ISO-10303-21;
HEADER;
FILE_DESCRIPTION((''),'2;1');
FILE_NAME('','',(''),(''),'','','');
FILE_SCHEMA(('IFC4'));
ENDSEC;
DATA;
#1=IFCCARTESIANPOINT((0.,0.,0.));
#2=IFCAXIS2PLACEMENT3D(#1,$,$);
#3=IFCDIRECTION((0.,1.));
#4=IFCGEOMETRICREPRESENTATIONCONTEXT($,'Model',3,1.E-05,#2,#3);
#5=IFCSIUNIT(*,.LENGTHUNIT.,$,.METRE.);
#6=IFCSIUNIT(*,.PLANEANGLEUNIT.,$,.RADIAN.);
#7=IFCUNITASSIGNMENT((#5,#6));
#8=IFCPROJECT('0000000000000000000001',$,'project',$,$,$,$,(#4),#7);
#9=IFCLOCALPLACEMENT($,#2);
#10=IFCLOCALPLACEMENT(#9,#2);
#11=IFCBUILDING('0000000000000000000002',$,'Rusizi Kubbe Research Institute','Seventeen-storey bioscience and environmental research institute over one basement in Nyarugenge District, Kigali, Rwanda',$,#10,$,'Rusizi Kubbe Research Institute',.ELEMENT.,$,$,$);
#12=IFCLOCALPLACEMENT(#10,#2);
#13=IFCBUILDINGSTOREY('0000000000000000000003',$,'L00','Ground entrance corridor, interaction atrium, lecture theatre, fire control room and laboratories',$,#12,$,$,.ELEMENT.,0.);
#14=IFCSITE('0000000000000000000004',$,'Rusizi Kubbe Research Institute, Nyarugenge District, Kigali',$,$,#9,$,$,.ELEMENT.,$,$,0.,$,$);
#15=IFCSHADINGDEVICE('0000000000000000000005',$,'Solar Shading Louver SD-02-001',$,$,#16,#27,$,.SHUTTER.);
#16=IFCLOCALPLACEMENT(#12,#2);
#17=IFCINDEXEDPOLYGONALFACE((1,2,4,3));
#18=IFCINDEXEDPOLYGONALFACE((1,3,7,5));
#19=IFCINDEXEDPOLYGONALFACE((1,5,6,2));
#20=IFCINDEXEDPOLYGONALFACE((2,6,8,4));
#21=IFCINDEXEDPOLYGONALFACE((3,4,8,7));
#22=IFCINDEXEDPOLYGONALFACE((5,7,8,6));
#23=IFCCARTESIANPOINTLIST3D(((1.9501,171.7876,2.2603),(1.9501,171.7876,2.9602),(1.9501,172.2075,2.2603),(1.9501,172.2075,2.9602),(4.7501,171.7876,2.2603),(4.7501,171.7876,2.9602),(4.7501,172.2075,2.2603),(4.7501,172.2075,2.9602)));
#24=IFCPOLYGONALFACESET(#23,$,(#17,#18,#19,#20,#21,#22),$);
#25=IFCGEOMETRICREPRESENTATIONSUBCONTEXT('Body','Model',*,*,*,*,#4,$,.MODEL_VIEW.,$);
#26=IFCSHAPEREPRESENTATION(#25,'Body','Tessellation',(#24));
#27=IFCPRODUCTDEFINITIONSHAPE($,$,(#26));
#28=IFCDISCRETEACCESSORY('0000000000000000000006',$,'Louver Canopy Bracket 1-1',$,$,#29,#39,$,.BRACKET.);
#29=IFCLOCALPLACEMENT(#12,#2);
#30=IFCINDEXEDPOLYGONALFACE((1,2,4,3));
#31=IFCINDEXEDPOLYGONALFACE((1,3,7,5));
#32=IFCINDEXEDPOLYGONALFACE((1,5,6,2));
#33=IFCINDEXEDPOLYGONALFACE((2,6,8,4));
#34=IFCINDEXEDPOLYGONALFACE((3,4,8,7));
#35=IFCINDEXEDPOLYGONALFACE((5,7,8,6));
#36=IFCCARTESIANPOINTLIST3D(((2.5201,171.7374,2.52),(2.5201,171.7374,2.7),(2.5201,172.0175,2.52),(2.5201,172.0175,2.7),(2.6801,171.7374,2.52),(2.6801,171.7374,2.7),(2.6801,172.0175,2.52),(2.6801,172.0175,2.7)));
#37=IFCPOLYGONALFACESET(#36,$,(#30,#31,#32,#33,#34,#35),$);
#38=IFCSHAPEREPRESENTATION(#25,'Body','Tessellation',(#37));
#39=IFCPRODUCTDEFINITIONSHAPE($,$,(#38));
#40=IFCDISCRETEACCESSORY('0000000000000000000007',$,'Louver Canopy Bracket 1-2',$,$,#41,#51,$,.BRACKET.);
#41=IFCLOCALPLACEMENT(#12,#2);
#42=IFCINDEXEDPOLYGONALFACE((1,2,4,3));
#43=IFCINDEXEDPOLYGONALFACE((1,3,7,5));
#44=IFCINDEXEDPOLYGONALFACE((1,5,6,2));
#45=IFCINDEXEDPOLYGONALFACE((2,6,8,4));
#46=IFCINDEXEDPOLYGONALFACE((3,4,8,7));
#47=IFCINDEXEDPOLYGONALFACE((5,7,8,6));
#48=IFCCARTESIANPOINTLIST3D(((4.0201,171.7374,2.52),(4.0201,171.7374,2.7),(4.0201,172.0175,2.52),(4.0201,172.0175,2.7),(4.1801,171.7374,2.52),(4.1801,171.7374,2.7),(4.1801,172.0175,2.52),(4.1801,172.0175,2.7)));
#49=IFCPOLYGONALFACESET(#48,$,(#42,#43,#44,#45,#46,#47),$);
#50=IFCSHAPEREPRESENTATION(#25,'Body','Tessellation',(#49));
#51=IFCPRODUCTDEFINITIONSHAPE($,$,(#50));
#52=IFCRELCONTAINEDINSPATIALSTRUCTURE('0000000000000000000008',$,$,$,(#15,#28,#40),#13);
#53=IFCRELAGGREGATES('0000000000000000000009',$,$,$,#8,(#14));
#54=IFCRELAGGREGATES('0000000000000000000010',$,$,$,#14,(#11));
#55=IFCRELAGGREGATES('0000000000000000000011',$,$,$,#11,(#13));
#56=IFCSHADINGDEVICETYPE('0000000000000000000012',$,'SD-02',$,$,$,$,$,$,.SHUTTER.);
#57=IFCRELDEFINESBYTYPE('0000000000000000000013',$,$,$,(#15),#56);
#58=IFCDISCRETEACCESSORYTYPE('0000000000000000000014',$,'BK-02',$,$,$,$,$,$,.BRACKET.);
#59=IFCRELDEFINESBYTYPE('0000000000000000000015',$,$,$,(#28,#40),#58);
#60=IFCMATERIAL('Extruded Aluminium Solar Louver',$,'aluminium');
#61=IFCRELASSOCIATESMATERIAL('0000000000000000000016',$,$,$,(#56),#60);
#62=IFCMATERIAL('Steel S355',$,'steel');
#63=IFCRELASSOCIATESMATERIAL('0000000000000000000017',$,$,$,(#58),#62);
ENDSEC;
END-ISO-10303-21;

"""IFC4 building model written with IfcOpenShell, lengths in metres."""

from ifc_helpers import new_model, si_unit, direction, frame, origin, origin_2d, place, context, subcontext, project, spatial, rectangle, extrude, material, type_object, element, save


model = new_model("IFC4")

# Units and contexts
model_context = context("Model", 3, precision=1e-05, world=origin(), true_north=direction((0.0, 1.0)))
body_context = subcontext(model_context, "Body", "Model", "MODEL_VIEW")
ifc_project = project(units=[si_unit("LENGTHUNIT", "METRE"), si_unit("PLANEANGLEUNIT", "RADIAN")], contexts=[model_context])

# Site, building, storey
site_placement = place(None, origin())
site = spatial("IfcSite", under=ifc_project, at=site_placement, Name="Rusizi Kubbe Research Institute, Nyarugenge District, Kigali", CompositionType="ELEMENT", RefElevation=0.0)
building_placement = place(site_placement, origin())
building = spatial("IfcBuilding", under=site, at=building_placement, Name="Rusizi Kubbe Research Institute", Description="Seventeen-storey bioscience and environmental research institute over one basement in Nyarugenge District, Kigali, Rwanda", LongName="Rusizi Kubbe Research Institute", CompositionType="ELEMENT")
storey_placement = place(building_placement, origin())
storey = spatial("IfcBuildingStorey", under=building, at=storey_placement, Name="L00", Description="Ground entrance corridor, interaction atrium, lecture theatre, fire control room and laboratories", CompositionType="ELEMENT", Elevation=0.0)

# Shading device
ifc_material_1 = material(Name="Extruded Aluminium Solar Louver", Category="aluminium")
shading_device_type = type_object("IfcShadingDeviceType", Name="SD-02", PredefinedType="SHUTTER", material=ifc_material_1)
shading_device_placement = place(storey_placement, frame((3.3501, 171.9976, 2.2603), z_axis=(0.0, 0.0, 1.0), x_axis=(1.0, 0.0, 0.0)))
element("IfcShadingDevice", 1, at=shading_device_placement, inside=storey, type_object=shading_device_type, Name="Solar Shading Louver SD-02-001", PredefinedType="SHUTTER", context=body_context, shape_type="SweptSolid", body=[
    extrude(rectangle(XDim=2.8, YDim=0.4199, at=origin_2d()), origin(), (0.0, 0.0, 1.0), 0.7),
])

# Discrete accessories
ifc_material_2 = material(Name="Steel S355", Category="steel")
discrete_accessory_type = type_object("IfcDiscreteAccessoryType", Name="BK-02", PredefinedType="BRACKET", material=ifc_material_2)
for number, where, z_axis, x_axis, name in (
    (2, (2.6001, 171.8774, 2.52), (0.0, 0.0, 1.0), (1.0, 0.0, 0.0), "Louver Canopy Bracket 1-1"),
    (3, (4.1001, 171.8774, 2.52), (0.0, 0.0, 1.0), (1.0, 0.0, 0.0), "Louver Canopy Bracket 1-2"),
):
    element("IfcDiscreteAccessory", number, at=place(storey_placement, frame(where, z_axis=z_axis, x_axis=x_axis)), inside=storey, type_object=discrete_accessory_type, Name=name, PredefinedType="BRACKET", context=body_context, shape_type="SweptSolid", body=[
        extrude(rectangle(XDim=0.1599, YDim=0.28, at=origin_2d()), origin(), (0.0, 0.0, 1.0), 0.1799),
    ])

save(model, "model.ifc")
